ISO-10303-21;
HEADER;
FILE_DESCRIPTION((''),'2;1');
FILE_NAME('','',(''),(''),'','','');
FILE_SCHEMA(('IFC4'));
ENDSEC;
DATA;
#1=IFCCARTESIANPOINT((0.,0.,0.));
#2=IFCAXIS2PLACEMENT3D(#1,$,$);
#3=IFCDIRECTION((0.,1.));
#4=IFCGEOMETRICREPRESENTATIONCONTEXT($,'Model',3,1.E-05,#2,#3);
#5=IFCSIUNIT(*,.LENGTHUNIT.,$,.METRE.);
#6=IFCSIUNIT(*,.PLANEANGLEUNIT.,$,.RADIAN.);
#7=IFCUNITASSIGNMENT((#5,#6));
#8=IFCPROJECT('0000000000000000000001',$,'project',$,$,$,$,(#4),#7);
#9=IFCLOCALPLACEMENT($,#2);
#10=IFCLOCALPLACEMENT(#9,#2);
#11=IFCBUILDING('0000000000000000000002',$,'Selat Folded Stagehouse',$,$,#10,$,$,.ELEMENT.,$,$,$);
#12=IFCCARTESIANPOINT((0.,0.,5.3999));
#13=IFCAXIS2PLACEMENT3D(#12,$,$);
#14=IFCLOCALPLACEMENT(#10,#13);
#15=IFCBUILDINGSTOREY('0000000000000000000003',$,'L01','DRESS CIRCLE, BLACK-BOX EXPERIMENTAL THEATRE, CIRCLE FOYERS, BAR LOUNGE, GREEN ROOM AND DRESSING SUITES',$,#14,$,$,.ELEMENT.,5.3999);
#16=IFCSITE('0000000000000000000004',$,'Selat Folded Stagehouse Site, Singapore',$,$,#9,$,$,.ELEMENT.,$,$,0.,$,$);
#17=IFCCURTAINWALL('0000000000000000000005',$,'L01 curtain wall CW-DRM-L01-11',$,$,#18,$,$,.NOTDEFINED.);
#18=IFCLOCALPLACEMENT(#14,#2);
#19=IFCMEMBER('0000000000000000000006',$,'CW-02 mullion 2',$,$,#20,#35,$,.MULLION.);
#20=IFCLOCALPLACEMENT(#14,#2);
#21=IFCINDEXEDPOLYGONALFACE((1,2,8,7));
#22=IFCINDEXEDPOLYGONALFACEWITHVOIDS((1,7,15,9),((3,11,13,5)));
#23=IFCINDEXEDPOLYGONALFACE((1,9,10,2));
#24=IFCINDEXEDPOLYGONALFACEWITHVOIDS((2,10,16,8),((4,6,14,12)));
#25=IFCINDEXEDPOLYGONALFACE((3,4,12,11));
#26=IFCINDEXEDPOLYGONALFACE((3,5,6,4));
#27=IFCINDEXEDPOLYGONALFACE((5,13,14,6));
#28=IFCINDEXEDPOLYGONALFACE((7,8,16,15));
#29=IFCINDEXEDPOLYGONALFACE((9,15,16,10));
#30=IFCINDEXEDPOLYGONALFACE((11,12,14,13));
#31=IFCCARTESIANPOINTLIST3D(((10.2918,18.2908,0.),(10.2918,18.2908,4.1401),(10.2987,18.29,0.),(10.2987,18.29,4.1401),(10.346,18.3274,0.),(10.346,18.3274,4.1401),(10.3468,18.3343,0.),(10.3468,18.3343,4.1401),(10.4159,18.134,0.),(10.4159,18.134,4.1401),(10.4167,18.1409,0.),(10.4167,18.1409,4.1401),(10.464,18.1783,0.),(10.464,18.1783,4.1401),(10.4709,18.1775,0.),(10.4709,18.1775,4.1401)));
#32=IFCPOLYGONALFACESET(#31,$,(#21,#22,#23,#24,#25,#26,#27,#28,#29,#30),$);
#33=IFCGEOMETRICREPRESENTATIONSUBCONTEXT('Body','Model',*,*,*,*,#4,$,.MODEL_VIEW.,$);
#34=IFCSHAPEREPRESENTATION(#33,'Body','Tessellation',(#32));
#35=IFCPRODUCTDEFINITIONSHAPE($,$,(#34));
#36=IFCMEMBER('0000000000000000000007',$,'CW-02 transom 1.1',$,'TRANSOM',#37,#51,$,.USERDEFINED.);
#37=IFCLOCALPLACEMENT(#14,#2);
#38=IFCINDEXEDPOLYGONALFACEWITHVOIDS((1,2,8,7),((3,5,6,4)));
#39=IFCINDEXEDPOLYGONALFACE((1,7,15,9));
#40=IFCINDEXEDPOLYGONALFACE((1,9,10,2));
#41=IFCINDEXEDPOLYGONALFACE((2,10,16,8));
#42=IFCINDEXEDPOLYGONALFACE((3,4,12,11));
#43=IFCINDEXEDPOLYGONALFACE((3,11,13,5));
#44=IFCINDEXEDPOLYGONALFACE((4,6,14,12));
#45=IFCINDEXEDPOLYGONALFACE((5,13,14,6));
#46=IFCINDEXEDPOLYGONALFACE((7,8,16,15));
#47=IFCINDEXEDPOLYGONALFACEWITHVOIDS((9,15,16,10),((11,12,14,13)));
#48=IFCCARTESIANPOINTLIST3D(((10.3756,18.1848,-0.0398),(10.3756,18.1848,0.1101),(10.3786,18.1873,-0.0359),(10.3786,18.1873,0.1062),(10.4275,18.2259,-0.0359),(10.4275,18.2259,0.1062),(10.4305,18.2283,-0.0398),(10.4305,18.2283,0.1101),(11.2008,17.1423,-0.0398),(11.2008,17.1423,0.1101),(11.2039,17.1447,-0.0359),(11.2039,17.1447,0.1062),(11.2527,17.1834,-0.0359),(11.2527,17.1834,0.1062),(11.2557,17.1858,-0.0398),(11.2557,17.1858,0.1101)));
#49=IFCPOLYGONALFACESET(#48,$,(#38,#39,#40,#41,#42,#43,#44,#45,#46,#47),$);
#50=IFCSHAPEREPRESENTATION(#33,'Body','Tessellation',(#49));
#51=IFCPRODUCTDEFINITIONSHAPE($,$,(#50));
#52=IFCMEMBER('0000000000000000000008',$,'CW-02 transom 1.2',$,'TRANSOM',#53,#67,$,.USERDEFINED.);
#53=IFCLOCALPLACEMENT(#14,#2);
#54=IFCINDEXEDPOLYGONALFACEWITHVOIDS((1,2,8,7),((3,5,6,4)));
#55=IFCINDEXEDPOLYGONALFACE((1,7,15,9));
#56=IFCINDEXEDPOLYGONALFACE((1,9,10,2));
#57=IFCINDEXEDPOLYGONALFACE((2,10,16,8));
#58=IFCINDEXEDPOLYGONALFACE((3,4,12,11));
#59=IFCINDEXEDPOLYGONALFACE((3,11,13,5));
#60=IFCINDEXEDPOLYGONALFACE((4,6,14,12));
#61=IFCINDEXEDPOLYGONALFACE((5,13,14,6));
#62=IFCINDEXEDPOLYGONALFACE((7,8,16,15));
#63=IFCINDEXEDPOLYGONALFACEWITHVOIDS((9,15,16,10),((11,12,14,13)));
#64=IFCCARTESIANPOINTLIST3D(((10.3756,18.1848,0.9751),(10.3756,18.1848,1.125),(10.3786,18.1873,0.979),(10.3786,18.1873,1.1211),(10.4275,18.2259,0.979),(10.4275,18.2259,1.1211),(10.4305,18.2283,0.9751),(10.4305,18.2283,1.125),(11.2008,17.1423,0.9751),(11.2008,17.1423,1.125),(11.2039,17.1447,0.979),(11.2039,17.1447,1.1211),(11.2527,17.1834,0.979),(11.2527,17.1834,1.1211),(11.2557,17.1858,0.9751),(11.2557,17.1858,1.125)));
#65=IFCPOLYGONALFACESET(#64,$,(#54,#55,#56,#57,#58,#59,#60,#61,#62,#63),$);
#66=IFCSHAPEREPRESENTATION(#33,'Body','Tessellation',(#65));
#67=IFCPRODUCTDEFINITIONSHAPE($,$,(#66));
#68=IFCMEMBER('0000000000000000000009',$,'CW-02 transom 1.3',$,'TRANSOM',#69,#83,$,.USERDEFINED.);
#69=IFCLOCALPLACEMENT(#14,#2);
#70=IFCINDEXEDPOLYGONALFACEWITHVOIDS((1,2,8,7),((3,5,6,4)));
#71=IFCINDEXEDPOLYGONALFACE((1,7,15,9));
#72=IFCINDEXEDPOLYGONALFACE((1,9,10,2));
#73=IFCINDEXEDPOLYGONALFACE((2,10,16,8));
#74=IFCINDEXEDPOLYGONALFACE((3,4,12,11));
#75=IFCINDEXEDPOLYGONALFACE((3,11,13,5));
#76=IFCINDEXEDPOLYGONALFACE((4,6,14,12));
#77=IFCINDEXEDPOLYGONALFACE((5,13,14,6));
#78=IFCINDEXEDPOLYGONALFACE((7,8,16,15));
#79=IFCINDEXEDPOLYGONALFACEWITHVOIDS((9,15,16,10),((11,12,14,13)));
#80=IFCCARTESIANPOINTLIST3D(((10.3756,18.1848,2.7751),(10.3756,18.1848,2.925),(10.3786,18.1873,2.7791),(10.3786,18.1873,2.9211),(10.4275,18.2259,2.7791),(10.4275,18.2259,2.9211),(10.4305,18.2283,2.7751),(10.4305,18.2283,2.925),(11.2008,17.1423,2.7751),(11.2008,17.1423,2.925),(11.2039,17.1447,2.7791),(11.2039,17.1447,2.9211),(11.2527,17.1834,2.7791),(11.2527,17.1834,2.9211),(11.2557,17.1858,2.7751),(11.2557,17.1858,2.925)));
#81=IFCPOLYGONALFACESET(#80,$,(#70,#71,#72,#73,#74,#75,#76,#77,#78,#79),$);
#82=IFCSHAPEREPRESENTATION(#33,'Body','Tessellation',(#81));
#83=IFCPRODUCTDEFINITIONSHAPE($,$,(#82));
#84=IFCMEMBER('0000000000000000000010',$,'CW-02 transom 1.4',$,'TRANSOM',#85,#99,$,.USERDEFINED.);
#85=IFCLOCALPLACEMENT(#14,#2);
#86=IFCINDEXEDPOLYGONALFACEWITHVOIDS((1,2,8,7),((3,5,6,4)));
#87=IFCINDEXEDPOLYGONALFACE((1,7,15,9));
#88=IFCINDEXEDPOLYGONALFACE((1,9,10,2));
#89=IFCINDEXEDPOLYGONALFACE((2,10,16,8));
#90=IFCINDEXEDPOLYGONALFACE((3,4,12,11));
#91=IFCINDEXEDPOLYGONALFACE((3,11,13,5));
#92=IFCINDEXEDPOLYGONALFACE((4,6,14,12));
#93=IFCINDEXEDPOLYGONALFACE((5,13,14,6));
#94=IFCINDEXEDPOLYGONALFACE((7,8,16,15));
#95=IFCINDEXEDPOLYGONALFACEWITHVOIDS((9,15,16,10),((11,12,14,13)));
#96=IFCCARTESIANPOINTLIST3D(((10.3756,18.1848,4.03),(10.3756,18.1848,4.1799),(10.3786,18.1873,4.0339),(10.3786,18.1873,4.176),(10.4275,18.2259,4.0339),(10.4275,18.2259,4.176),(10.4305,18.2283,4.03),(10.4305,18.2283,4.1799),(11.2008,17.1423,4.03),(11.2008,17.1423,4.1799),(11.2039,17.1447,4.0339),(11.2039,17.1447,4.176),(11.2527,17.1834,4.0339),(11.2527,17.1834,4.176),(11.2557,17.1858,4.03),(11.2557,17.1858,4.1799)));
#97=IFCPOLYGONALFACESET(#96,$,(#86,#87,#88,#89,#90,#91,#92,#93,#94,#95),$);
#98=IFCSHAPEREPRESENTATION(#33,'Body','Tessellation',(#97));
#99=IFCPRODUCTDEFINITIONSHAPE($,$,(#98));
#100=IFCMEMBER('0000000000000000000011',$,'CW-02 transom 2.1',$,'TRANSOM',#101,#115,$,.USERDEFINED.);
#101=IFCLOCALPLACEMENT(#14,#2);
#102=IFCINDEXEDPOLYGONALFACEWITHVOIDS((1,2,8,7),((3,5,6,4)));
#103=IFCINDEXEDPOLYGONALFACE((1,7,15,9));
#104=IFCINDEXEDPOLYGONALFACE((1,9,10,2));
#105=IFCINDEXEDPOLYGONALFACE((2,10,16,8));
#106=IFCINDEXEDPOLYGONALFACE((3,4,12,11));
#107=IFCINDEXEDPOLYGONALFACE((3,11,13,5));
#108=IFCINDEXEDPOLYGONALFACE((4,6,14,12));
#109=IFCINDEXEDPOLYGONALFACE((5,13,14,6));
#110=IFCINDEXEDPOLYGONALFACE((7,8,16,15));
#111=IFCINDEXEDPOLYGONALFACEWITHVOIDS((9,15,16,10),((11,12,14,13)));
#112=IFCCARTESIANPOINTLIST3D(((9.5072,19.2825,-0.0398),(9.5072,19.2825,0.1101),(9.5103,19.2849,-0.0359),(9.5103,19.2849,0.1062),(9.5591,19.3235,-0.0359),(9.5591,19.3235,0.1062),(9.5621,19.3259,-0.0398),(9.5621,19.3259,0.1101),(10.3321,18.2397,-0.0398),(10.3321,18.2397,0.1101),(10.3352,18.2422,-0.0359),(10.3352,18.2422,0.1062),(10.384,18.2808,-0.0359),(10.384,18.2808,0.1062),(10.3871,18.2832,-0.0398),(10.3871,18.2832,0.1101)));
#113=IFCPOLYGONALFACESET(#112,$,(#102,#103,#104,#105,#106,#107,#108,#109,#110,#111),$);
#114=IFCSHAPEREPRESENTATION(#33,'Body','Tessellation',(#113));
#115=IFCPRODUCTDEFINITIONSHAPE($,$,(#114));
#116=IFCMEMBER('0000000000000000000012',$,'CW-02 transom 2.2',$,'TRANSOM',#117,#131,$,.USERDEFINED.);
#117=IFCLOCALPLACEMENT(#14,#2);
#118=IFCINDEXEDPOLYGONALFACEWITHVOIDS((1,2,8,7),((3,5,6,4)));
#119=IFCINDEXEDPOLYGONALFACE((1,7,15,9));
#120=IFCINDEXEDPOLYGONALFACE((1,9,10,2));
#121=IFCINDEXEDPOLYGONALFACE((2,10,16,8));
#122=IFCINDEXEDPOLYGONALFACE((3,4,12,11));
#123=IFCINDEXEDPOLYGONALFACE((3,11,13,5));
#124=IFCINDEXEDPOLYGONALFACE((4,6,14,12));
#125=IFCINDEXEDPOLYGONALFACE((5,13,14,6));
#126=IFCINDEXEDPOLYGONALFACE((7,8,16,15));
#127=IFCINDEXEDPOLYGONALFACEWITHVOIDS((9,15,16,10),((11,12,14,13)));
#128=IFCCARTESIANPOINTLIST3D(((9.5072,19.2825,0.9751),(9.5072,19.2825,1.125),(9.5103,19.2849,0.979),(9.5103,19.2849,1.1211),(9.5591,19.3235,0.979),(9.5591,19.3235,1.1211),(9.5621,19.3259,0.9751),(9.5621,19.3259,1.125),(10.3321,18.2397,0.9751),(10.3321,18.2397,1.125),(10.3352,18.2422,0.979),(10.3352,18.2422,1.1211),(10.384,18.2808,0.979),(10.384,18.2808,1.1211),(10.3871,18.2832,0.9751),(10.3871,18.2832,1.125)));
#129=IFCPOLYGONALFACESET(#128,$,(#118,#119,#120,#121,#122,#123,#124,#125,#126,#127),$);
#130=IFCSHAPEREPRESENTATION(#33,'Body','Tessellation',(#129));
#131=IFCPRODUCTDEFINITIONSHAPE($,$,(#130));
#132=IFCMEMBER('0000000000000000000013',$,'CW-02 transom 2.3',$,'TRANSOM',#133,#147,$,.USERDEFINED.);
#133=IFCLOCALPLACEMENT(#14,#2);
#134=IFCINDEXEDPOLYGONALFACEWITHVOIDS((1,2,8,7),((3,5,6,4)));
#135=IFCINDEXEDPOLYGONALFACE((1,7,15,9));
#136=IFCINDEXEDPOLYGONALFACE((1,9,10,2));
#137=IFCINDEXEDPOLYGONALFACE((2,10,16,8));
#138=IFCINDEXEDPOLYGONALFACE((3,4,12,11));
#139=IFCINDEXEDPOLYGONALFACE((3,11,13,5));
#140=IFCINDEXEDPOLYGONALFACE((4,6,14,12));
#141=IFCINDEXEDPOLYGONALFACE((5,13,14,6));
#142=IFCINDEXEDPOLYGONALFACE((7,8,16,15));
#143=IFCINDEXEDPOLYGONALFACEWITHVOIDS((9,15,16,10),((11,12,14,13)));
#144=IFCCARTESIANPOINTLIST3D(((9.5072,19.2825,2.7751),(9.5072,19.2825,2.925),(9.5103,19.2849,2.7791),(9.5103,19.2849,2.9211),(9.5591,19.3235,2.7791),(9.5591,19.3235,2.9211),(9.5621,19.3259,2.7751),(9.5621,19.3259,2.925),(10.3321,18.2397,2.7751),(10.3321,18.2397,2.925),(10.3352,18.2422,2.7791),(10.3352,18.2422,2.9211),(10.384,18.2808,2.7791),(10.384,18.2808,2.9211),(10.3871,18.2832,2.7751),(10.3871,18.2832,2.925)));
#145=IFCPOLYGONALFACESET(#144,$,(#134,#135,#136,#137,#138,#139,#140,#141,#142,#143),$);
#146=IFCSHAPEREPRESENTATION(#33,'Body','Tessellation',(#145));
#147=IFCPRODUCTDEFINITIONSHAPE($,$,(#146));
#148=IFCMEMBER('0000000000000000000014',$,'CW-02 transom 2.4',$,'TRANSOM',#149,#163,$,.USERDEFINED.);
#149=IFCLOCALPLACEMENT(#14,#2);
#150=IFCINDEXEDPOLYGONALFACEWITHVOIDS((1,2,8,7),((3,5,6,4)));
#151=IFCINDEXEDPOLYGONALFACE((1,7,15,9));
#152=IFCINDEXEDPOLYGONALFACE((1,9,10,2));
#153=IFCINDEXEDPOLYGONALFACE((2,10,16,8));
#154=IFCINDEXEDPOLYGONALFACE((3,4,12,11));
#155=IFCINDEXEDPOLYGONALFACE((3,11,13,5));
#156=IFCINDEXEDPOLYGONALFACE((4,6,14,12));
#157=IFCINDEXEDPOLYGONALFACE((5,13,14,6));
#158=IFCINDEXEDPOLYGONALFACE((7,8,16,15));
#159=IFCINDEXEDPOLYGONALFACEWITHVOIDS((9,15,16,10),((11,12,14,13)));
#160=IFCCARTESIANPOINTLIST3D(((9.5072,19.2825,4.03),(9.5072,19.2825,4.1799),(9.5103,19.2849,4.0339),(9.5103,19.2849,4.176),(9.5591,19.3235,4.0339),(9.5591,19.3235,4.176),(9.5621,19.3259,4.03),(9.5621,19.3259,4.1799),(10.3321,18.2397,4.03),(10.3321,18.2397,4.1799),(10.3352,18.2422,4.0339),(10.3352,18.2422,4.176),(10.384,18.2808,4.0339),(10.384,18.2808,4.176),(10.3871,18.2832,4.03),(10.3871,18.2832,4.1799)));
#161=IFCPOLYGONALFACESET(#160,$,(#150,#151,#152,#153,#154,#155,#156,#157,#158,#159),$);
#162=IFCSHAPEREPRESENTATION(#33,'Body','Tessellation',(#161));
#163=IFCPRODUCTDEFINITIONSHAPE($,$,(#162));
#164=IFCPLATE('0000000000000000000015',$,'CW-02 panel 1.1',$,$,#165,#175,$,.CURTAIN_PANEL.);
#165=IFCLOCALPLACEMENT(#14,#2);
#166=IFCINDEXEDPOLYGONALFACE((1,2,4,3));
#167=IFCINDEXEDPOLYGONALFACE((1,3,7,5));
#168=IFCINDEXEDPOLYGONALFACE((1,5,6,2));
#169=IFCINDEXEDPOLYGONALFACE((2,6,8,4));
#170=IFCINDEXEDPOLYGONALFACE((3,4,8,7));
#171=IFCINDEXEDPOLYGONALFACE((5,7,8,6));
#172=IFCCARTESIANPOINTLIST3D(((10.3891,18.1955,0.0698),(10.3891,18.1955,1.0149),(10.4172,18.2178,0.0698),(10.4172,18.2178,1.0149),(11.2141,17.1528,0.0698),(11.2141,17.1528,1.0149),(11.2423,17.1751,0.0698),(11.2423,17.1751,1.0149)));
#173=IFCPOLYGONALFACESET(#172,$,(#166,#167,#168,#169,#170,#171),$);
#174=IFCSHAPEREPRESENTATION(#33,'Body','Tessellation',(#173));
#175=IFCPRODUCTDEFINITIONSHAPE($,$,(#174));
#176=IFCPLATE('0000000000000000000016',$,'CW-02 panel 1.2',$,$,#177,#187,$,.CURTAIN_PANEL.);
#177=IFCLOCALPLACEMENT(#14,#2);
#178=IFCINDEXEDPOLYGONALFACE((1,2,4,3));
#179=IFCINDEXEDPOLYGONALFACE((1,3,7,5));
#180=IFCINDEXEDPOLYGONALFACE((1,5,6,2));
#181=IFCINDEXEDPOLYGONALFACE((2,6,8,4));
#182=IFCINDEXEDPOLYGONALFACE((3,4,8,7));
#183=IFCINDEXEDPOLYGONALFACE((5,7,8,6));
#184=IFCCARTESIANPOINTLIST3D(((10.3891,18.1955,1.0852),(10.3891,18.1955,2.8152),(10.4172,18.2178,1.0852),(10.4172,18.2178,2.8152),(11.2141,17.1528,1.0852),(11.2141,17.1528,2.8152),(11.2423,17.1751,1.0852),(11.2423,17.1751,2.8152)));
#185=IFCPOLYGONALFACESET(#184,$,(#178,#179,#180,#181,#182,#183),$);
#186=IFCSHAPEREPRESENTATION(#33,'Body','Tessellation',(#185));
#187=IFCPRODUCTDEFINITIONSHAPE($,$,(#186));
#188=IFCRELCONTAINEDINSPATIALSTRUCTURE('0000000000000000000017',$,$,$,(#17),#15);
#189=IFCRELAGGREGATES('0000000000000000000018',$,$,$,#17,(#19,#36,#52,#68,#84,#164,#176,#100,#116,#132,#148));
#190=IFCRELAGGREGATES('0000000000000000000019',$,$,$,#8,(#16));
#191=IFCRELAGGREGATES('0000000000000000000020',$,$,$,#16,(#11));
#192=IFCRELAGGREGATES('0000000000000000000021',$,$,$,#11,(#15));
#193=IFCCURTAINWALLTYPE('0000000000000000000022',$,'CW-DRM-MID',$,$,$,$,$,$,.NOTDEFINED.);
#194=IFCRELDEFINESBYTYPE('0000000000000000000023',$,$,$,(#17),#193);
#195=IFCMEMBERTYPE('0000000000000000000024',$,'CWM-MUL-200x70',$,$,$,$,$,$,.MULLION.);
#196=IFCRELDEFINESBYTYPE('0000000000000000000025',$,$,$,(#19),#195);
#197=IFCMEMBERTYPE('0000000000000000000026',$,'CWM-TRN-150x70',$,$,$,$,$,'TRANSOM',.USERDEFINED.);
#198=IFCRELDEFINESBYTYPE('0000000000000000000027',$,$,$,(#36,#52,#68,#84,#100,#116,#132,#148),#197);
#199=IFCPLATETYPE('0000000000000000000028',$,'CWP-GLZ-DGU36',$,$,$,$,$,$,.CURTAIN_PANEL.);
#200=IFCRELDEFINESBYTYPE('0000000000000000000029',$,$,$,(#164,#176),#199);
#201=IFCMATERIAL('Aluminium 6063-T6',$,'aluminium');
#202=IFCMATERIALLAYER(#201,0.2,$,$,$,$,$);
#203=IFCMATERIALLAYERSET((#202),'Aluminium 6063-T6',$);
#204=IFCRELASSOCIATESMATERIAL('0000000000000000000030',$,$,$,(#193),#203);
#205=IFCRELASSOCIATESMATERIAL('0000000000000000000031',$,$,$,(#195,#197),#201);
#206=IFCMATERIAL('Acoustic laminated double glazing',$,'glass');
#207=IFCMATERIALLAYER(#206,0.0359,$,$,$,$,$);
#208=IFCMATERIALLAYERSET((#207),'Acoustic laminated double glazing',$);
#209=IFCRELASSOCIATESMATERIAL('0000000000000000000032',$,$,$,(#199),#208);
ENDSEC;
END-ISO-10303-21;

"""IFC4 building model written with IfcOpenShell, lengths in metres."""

from ifc_helpers import new_model, si_unit, direction, frame, origin, origin_2d, place, context, subcontext, project, spatial, rectangle, hollow_rectangle, extrude, material, layer, layer_set, material_profile, profile_set, type_object, element, aggregate, save


model = new_model("IFC4")

# Units and contexts
model_context = context("Model", 3, precision=1e-05, world=origin(), true_north=direction((0.0, 1.0)))
body_context = subcontext(model_context, "Body", "Model", "MODEL_VIEW")
ifc_project = project(units=[si_unit("LENGTHUNIT", "METRE"), si_unit("PLANEANGLEUNIT", "RADIAN")], contexts=[model_context])

# Site, building, storey
site_placement = place(None, origin())
site = spatial("IfcSite", under=ifc_project, at=site_placement, Name="Selat Folded Stagehouse Site, Singapore", CompositionType="ELEMENT", RefElevation=0.0)
building_placement = place(site_placement, origin())
building = spatial("IfcBuilding", under=site, at=building_placement, Name="Selat Folded Stagehouse", CompositionType="ELEMENT")
storey_placement = place(building_placement, frame((0.0, 0.0, 5.3999)))
storey = spatial("IfcBuildingStorey", under=building, at=storey_placement, Name="L01", Description="DRESS CIRCLE, BLACK-BOX EXPERIMENTAL THEATRE, CIRCLE FOYERS, BAR LOUNGE, GREEN ROOM AND DRESSING SUITES", CompositionType="ELEMENT", Elevation=5.3999)

# Curtain wall, members, plates
ifc_material_1 = material(Name="Aluminium 6063-T6", Category="aluminium")
ifc_layer_1 = layer(ifc_material_1, 0.2)
ifc_layer_set_1 = layer_set([ifc_layer_1], Name="Aluminium 6063-T6")
curtain_wall_type = type_object("IfcCurtainWallType", Name="CW-DRM-MID", PredefinedType="NOTDEFINED", material=ifc_layer_set_1)
curtain_wall_placement = place(storey_placement, origin())
curtain_wall = element("IfcCurtainWall", 1, at=curtain_wall_placement, inside=storey, type_object=curtain_wall_type, Name="L01 curtain wall CW-DRM-L01-11", PredefinedType="NOTDEFINED")
ifc_material_profile_1 = material_profile(ifc_material_1, hollow_rectangle(XDim=0.0701, YDim=0.2, WallThickness=0.0049, at=origin_2d()), Name="ALU 200x70x5.0")
ifc_profile_set_1 = profile_set([ifc_material_profile_1], Name="Aluminium 6063-T6")
member_type_1 = type_object("IfcMemberType", Name="CWM-MUL-200x70", PredefinedType="MULLION", material=ifc_profile_set_1)
member_1_placement = place(storey_placement, frame((10.3813, 18.2341, 0.0), z_axis=(0.0, 0.0, 1.0), x_axis=(-0.78418, -0.620533, 0.0)))
member_1 = element("IfcMember", 2, at=member_1_placement, type_object=member_type_1, Name="CW-02 mullion 2", PredefinedType="MULLION", context=body_context, shape_type="SweptSolid", body=[
    extrude(hollow_rectangle(XDim=0.0701, YDim=0.2, WallThickness=0.0049, at=origin_2d()), origin(), (0.0, 0.0, 1.0), 4.1401),
])
ifc_material_profile_2 = material_profile(ifc_material_1, hollow_rectangle(XDim=0.0701, YDim=0.1499, WallThickness=0.0039, at=origin_2d()), Name="ALU 150x70x4.0")
ifc_profile_set_2 = profile_set([ifc_material_profile_2], Name="Aluminium 6063-T6")
member_type_2 = type_object("IfcMemberType", Name="CWM-TRN-150x70", ElementType="TRANSOM", PredefinedType="USERDEFINED", material=ifc_profile_set_2)
member_2_placement = place(storey_placement, frame((11.2283, 17.1641, 0.0352), z_axis=(-0.620656, 0.784083, 0.0), x_axis=(-0.784083, -0.620656, 0.0)))
member_2 = element("IfcMember", 3, at=member_2_placement, type_object=member_type_2, Name="CW-02 transom 1.1", ObjectType="TRANSOM", PredefinedType="USERDEFINED", context=body_context, shape_type="SweptSolid", body=[
    extrude(hollow_rectangle(XDim=0.0701, YDim=0.1499, WallThickness=0.0039, at=origin_2d()), origin(), (0.0, 0.0, 1.0), 1.3296),
])
member_3_placement = place(storey_placement, frame((11.2283, 17.1641, 1.05), z_axis=(-0.620656, 0.784083, 0.0), x_axis=(-0.784083, -0.620656, 0.0)))
member_3 = element("IfcMember", 4, at=member_3_placement, type_object=member_type_2, Name="CW-02 transom 1.2", ObjectType="TRANSOM", PredefinedType="USERDEFINED", context=body_context, shape_type="SweptSolid", body=[
    extrude(hollow_rectangle(XDim=0.0701, YDim=0.1499, WallThickness=0.0039, at=origin_2d()), origin(), (0.0, 0.0, 1.0), 1.3296),
])
member_4_placement = place(storey_placement, frame((11.2283, 17.1641, 2.8501), z_axis=(-0.620656, 0.784083, 0.0), x_axis=(-0.784083, -0.620656, 0.0)))
member_4 = element("IfcMember", 5, at=member_4_placement, type_object=member_type_2, Name="CW-02 transom 1.3", ObjectType="TRANSOM", PredefinedType="USERDEFINED", context=body_context, shape_type="SweptSolid", body=[
    extrude(hollow_rectangle(XDim=0.0701, YDim=0.1499, WallThickness=0.0039, at=origin_2d()), origin(), (0.0, 0.0, 1.0), 1.3296),
])
member_5_placement = place(storey_placement, frame((11.2283, 17.1641, 4.105), z_axis=(-0.620656, 0.784083, 0.0), x_axis=(-0.784083, -0.620656, 0.0)))
member_5 = element("IfcMember", 6, at=member_5_placement, type_object=member_type_2, Name="CW-02 transom 1.4", ObjectType="TRANSOM", PredefinedType="USERDEFINED", context=body_context, shape_type="SweptSolid", body=[
    extrude(hollow_rectangle(XDim=0.0701, YDim=0.1499, WallThickness=0.0039, at=origin_2d()), origin(), (0.0, 0.0, 1.0), 1.3296),
])
member_6_placement = place(storey_placement, frame((10.3596, 18.2615, 0.0352), z_axis=(-0.620454, 0.784243, 0.0), x_axis=(-0.784243, -0.620454, 0.0)))
member_6 = element("IfcMember", 7, at=member_6_placement, type_object=member_type_2, Name="CW-02 transom 2.1", ObjectType="TRANSOM", PredefinedType="USERDEFINED", context=body_context, shape_type="SweptSolid", body=[
    extrude(hollow_rectangle(XDim=0.0701, YDim=0.1499, WallThickness=0.0039, at=origin_2d()), origin(), (0.0, 0.0, 1.0), 1.3296),
])
member_7_placement = place(storey_placement, frame((10.3596, 18.2615, 1.05), z_axis=(-0.620454, 0.784243, 0.0), x_axis=(-0.784243, -0.620454, 0.0)))
member_7 = element("IfcMember", 8, at=member_7_placement, type_object=member_type_2, Name="CW-02 transom 2.2", ObjectType="TRANSOM", PredefinedType="USERDEFINED", context=body_context, shape_type="SweptSolid", body=[
    extrude(hollow_rectangle(XDim=0.0701, YDim=0.1499, WallThickness=0.0039, at=origin_2d()), origin(), (0.0, 0.0, 1.0), 1.3296),
])
member_8_placement = place(storey_placement, frame((10.3596, 18.2615, 2.8501), z_axis=(-0.620454, 0.784243, 0.0), x_axis=(-0.784243, -0.620454, 0.0)))
member_8 = element("IfcMember", 9, at=member_8_placement, type_object=member_type_2, Name="CW-02 transom 2.3", ObjectType="TRANSOM", PredefinedType="USERDEFINED", context=body_context, shape_type="SweptSolid", body=[
    extrude(hollow_rectangle(XDim=0.0701, YDim=0.1499, WallThickness=0.0039, at=origin_2d()), origin(), (0.0, 0.0, 1.0), 1.3296),
])
member_9_placement = place(storey_placement, frame((10.3596, 18.2615, 4.105), z_axis=(-0.620454, 0.784243, 0.0), x_axis=(-0.784243, -0.620454, 0.0)))
member_9 = element("IfcMember", 10, at=member_9_placement, type_object=member_type_2, Name="CW-02 transom 2.4", ObjectType="TRANSOM", PredefinedType="USERDEFINED", context=body_context, shape_type="SweptSolid", body=[
    extrude(hollow_rectangle(XDim=0.0701, YDim=0.1499, WallThickness=0.0039, at=origin_2d()), origin(), (0.0, 0.0, 1.0), 1.3296),
])
ifc_material_2 = material(Name="Acoustic laminated double glazing", Category="glass")
ifc_layer_2 = layer(ifc_material_2, 0.0359)
ifc_layer_set_2 = layer_set([ifc_layer_2], Name="Acoustic laminated double glazing")
plate_type = type_object("IfcPlateType", Name="CWP-GLZ-DGU36", PredefinedType="CURTAIN_PANEL", material=ifc_layer_set_2)
plate_1_placement = place(storey_placement, frame((10.8157, 17.6853, 0.0698), z_axis=(0.0, 0.0, 1.0), x_axis=(-0.620533, 0.78418, 0.0)))
plate_1 = element("IfcPlate", 11, at=plate_1_placement, type_object=plate_type, Name="CW-02 panel 1.1", PredefinedType="CURTAIN_PANEL", context=body_context, shape_type="SweptSolid", body=[
    extrude(rectangle(XDim=1.3296, YDim=0.0359, at=origin_2d()), origin(), (0.0, 0.0, 1.0), 0.9451),
])
plate_2_placement = place(storey_placement, frame((10.8157, 17.6853, 1.0852), z_axis=(0.0, 0.0, 1.0), x_axis=(-0.620533, 0.78418, 0.0)))
plate_2 = element("IfcPlate", 12, at=plate_2_placement, type_object=plate_type, Name="CW-02 panel 1.2", PredefinedType="CURTAIN_PANEL", context=body_context, shape_type="SweptSolid", body=[
    extrude(rectangle(XDim=1.3296, YDim=0.0359, at=origin_2d()), origin(), (0.0, 0.0, 1.0), 1.73),
])
aggregate(curtain_wall, [member_1, member_2, member_3, member_4, member_5, plate_1, plate_2, member_6, member_7, member_8, member_9])

save(model, "model.ifc")
